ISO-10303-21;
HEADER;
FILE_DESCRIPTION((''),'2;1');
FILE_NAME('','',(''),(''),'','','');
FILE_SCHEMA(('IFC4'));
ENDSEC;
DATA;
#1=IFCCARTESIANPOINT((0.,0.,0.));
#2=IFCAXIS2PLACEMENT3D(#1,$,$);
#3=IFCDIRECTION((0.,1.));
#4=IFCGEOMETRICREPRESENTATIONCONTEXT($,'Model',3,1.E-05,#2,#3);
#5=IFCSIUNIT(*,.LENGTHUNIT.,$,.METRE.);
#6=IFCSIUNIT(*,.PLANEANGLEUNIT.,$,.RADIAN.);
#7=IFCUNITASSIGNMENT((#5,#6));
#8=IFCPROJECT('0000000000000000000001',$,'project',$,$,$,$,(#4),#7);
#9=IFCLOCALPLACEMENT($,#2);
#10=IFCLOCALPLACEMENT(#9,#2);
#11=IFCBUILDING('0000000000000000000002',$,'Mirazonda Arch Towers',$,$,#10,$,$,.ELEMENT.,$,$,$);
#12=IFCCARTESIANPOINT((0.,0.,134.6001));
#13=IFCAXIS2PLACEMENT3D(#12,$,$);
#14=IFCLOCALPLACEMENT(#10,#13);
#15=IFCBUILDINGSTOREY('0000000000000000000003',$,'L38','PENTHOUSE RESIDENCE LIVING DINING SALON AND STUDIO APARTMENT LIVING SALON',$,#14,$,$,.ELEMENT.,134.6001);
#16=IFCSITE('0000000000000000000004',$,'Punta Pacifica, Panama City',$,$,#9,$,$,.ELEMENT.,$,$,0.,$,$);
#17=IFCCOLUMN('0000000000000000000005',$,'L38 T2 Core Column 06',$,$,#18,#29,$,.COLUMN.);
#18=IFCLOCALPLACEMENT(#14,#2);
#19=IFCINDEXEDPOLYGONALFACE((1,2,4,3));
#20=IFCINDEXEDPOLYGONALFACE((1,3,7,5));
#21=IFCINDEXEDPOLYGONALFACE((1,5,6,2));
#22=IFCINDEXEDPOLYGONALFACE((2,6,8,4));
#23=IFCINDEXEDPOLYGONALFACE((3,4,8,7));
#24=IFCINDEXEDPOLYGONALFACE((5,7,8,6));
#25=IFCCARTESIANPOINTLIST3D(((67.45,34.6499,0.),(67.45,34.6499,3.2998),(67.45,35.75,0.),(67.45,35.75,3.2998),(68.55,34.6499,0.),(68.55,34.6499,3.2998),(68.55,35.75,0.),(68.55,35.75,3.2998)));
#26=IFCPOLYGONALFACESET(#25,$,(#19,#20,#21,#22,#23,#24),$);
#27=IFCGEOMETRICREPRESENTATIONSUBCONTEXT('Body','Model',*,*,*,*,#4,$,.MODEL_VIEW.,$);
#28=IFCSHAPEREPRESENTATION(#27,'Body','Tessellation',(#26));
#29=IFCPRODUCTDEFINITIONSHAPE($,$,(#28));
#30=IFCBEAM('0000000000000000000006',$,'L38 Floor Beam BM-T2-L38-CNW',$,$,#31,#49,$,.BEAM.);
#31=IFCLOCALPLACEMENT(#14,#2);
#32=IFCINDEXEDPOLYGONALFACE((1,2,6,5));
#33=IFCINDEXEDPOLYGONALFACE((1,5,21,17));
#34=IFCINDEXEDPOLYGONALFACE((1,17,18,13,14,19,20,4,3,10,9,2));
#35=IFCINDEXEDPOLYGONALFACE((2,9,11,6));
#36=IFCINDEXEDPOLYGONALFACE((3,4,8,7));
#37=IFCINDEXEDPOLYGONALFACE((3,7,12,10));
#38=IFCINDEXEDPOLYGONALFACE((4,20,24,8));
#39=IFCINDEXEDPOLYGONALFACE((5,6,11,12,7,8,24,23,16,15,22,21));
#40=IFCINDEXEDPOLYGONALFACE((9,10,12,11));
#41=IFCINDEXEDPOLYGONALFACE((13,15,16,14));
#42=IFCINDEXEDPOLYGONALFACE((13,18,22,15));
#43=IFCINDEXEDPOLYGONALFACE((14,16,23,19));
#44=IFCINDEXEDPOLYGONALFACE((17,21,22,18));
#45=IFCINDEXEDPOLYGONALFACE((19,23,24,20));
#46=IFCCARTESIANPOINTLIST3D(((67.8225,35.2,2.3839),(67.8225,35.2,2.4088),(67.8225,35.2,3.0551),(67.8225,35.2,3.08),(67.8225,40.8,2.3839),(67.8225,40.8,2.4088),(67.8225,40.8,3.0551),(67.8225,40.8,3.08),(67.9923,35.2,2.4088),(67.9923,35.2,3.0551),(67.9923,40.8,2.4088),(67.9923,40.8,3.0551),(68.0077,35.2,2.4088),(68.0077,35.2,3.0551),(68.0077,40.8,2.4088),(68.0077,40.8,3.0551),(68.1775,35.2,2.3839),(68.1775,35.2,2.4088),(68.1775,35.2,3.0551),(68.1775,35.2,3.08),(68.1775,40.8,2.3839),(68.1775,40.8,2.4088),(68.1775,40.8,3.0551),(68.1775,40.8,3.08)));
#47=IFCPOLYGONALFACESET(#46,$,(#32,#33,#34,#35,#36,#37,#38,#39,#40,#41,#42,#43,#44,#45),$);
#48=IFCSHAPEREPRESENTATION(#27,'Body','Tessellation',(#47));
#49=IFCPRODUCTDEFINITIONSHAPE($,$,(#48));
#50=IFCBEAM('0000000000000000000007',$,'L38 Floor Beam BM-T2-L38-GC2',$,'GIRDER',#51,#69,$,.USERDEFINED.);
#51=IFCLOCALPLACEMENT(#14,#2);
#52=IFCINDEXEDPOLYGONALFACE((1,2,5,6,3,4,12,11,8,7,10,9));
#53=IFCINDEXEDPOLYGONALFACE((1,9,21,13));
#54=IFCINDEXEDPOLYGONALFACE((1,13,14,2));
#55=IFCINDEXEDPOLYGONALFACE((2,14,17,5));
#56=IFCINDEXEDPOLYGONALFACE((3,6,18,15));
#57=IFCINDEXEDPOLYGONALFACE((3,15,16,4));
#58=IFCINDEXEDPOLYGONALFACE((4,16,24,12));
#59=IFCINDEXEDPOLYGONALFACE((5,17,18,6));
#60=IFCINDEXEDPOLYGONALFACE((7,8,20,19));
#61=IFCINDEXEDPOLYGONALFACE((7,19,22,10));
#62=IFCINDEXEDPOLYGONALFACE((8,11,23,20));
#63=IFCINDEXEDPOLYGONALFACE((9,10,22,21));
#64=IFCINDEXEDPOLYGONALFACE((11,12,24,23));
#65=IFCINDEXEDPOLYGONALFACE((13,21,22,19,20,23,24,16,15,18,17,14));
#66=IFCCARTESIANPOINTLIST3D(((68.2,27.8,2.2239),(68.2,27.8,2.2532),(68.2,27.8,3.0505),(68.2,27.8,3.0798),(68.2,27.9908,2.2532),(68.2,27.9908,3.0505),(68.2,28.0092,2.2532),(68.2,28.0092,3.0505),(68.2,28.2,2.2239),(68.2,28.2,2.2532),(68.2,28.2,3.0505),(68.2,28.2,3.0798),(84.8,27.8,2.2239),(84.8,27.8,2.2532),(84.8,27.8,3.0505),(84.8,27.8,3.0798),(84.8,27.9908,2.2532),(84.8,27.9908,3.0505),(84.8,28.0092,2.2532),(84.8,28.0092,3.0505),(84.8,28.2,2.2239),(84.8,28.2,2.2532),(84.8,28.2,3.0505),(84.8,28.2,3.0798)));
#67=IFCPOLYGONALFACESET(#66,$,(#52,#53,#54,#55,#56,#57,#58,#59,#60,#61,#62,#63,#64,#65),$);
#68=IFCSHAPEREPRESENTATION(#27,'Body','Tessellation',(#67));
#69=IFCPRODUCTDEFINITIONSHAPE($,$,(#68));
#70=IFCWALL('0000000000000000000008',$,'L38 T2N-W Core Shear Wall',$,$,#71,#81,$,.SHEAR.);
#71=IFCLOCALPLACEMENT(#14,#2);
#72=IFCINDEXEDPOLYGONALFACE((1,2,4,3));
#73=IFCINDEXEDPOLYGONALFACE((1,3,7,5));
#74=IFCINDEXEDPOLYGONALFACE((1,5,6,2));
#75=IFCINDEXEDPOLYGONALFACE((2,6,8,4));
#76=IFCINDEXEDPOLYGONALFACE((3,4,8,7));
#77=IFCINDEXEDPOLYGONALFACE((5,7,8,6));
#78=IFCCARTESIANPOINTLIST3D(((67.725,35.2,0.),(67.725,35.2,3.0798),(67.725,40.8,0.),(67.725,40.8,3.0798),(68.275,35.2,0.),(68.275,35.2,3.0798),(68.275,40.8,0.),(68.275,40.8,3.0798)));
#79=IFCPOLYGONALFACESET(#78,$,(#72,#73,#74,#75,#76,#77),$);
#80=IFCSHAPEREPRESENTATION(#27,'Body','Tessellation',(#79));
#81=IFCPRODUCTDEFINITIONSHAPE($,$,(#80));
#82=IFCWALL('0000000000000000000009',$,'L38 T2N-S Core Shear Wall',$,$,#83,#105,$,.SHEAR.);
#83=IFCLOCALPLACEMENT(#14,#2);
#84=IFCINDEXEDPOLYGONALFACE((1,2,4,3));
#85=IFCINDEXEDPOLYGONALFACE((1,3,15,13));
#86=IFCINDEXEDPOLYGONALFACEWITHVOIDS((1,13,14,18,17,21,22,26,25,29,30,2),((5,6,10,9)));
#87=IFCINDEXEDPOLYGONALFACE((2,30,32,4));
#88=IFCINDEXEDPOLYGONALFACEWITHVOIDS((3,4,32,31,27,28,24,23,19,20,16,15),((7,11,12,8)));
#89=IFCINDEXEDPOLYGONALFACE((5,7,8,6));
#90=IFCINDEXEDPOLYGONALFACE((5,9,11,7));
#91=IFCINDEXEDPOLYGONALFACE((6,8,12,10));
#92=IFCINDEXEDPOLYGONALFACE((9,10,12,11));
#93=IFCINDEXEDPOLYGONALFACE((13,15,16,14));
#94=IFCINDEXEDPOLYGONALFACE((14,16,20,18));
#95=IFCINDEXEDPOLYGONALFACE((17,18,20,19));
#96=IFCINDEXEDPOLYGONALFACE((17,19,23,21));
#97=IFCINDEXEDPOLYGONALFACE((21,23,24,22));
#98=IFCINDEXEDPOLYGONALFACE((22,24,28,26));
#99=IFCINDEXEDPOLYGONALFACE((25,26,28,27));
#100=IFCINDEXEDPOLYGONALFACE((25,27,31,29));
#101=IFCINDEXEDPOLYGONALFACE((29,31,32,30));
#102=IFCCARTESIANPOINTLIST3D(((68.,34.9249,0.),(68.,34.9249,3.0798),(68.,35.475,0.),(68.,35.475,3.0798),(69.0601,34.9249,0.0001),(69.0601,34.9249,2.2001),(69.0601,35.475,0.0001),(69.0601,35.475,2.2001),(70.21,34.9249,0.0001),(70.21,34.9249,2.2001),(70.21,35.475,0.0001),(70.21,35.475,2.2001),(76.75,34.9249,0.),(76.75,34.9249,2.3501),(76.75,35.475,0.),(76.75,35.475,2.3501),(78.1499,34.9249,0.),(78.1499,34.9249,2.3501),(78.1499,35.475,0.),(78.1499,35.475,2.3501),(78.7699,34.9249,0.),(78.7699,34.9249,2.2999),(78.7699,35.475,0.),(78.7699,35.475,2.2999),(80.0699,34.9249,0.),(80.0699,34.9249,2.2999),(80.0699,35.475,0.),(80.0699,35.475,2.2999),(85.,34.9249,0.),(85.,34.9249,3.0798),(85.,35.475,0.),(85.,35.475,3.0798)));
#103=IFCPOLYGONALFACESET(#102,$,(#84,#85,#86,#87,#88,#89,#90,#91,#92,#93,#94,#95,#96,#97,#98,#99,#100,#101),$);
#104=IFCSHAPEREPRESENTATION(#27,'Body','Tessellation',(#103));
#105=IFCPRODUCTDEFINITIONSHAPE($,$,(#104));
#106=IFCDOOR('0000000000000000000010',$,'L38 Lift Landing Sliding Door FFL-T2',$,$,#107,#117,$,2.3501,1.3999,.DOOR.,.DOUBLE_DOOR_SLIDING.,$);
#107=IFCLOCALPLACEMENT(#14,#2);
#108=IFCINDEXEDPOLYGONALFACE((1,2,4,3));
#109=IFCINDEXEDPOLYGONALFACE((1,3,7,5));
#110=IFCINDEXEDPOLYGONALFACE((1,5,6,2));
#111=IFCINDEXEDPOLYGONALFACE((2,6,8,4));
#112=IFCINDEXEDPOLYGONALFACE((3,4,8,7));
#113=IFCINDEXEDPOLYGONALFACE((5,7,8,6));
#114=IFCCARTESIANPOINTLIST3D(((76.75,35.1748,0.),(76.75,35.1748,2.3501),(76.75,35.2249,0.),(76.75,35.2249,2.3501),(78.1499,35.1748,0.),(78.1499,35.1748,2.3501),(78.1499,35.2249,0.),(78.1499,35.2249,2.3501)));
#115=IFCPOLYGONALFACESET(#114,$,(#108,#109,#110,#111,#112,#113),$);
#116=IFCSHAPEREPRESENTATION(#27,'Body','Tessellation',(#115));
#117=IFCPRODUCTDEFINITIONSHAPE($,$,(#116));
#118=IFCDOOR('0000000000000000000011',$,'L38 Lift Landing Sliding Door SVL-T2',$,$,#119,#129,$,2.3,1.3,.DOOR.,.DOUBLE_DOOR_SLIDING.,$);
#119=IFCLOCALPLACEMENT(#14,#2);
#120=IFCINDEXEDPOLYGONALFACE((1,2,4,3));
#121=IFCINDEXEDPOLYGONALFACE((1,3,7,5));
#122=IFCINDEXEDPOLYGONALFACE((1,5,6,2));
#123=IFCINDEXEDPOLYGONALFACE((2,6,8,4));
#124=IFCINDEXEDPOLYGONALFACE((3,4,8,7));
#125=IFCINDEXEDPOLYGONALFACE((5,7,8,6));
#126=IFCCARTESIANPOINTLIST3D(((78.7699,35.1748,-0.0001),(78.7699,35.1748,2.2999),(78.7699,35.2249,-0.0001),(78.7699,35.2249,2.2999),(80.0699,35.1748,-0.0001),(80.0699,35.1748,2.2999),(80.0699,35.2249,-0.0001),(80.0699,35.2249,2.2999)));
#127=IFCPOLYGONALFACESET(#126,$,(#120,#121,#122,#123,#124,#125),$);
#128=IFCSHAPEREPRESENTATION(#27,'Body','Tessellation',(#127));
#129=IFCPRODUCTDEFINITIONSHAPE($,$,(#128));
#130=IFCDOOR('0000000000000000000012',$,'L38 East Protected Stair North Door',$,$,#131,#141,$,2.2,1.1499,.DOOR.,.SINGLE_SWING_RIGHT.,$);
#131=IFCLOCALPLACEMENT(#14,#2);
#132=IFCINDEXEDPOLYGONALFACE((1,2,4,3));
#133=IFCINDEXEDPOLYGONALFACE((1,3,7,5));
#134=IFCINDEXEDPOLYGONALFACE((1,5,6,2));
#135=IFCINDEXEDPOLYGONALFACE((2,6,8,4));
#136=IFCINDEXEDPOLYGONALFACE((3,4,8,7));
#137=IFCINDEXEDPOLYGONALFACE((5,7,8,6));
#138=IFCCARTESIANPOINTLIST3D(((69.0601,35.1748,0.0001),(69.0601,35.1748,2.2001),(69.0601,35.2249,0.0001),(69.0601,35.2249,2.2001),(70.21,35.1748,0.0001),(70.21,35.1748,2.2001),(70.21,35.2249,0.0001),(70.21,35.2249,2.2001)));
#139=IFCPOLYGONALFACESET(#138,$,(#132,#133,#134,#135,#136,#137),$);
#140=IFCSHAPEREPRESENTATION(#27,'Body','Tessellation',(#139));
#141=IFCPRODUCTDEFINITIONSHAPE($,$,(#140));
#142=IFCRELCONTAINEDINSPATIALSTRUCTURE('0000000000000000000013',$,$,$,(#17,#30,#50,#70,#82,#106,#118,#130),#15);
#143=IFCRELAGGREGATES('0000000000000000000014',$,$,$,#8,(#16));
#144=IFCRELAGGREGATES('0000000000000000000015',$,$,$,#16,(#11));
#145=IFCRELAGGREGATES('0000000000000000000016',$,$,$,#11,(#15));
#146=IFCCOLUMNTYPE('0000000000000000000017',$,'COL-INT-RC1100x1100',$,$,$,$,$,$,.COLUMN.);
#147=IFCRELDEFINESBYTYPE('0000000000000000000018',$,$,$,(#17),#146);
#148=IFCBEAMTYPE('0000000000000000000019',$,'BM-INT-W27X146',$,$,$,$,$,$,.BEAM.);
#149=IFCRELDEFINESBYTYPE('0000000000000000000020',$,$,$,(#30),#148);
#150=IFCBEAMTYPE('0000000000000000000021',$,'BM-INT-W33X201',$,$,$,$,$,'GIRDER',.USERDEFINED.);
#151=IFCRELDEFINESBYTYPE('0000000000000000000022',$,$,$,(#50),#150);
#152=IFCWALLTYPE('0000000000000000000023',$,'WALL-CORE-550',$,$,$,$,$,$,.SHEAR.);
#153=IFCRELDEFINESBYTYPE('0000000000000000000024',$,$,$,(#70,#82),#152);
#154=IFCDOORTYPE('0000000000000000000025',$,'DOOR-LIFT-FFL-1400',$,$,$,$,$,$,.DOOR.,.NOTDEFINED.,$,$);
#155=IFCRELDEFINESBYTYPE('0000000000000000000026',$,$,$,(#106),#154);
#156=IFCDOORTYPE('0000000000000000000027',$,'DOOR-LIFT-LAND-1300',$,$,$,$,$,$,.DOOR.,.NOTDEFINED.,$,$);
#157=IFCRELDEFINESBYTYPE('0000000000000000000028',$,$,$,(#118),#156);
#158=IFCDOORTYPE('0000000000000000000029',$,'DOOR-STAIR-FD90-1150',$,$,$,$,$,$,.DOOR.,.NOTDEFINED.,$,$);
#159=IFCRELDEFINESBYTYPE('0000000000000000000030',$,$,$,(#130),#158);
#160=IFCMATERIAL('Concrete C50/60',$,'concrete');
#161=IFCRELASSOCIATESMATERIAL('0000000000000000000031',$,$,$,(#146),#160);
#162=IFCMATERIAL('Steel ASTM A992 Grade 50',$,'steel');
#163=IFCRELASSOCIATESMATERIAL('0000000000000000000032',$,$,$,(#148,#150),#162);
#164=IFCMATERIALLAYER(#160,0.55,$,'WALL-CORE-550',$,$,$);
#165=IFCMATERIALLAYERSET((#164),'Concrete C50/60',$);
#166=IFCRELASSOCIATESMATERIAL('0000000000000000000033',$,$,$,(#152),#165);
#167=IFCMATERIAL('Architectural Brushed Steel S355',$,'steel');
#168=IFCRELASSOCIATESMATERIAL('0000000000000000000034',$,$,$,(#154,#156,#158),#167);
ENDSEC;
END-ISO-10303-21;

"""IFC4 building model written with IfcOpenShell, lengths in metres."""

from ifc_helpers import new_model, si_unit, direction, frame, frame_2d, origin, origin_2d, place, context, subcontext, project, spatial, rectangle, i_section, extrude, material, layer, layer_set, material_profile, profile_set, type_object, element, fill, save


model = new_model("IFC4")

# Units and contexts
model_context = context("Model", 3, precision=1e-05, world=origin(), true_north=direction((0.0, 1.0)))
body_context = subcontext(model_context, "Body", "Model", "MODEL_VIEW")
ifc_project = project(units=[si_unit("LENGTHUNIT", "METRE"), si_unit("PLANEANGLEUNIT", "RADIAN")], contexts=[model_context])

# Site, building, storey
site_placement = place(None, origin())
site = spatial("IfcSite", under=ifc_project, at=site_placement, Name="Punta Pacifica, Panama City", CompositionType="ELEMENT", RefElevation=0.0)
building_placement = place(site_placement, origin())
building = spatial("IfcBuilding", under=site, at=building_placement, Name="Mirazonda Arch Towers", CompositionType="ELEMENT")
storey_placement = place(building_placement, frame((0.0, 0.0, 134.6001)))
storey = spatial("IfcBuildingStorey", under=building, at=storey_placement, Name="L38", Description="PENTHOUSE RESIDENCE LIVING DINING SALON AND STUDIO APARTMENT LIVING SALON", CompositionType="ELEMENT", Elevation=134.6001)

# Column
ifc_material_1 = material(Name="Concrete C50/60", Category="concrete")
ifc_material_profile_1 = material_profile(ifc_material_1, rectangle(XDim=1.1001, YDim=1.1001, at=origin_2d()), Name="RC1100x1100")
ifc_profile_set_1 = profile_set([ifc_material_profile_1], Name="Concrete C50/60")
column_type = type_object("IfcColumnType", Name="COL-INT-RC1100x1100", PredefinedType="COLUMN", material=ifc_profile_set_1)
column_placement = place(storey_placement, frame((68.0, 35.2, 0.0), z_axis=(0.0, 0.0, 1.0), x_axis=(1.0, 0.0, 0.0)))
element("IfcColumn", 1, at=column_placement, inside=storey, type_object=column_type, Name="L38 T2 Core Column 06", PredefinedType="COLUMN", context=body_context, shape_type="SweptSolid", body=[
    extrude(rectangle(XDim=1.1001, YDim=1.1001, at=origin_2d()), origin(), (0.0, 0.0, 1.0), 3.2998),
])

# Beams
ifc_material_2 = material(Name="Steel ASTM A992 Grade 50", Category="steel")
ifc_material_profile_2 = material_profile(ifc_material_2, i_section(OverallWidth=0.355, OverallDepth=0.696, WebThickness=0.0154, FlangeThickness=0.0249, at=origin_2d()), Name="W27X146")
ifc_profile_set_2 = profile_set([ifc_material_profile_2], Name="Steel ASTM A992 Grade 50")
beam_type_1 = type_object("IfcBeamType", Name="BM-INT-W27X146", PredefinedType="BEAM", material=ifc_profile_set_2)
beam_1_placement = place(storey_placement, frame((68.0, 35.2, 2.7319), z_axis=(0.0, 1.0, 0.0), x_axis=(-1.0, 0.0, 0.0)))
element("IfcBeam", 2, at=beam_1_placement, inside=storey, type_object=beam_type_1, Name="L38 Floor Beam BM-T2-L38-CNW", PredefinedType="BEAM", context=body_context, shape_type="SweptSolid", body=[
    extrude(i_section(OverallWidth=0.355, OverallDepth=0.696, WebThickness=0.0154, FlangeThickness=0.0249, at=origin_2d()), origin(), (0.0, 0.0, 1.0), 5.6001),
])
ifc_material_profile_3 = material_profile(ifc_material_2, i_section(OverallWidth=0.3999, OverallDepth=0.856, WebThickness=0.0183, FlangeThickness=0.0293, at=origin_2d()), Name="W33X201")
ifc_profile_set_3 = profile_set([ifc_material_profile_3], Name="Steel ASTM A992 Grade 50")
beam_type_2 = type_object("IfcBeamType", Name="BM-INT-W33X201", ElementType="GIRDER", PredefinedType="USERDEFINED", material=ifc_profile_set_3)
beam_2_placement = place(storey_placement, frame((68.2, 28.0, 2.6519), z_axis=(1.0, 0.0, 0.0), x_axis=(0.0, 1.0, 0.0)))
element("IfcBeam", 3, at=beam_2_placement, inside=storey, type_object=beam_type_2, Name="L38 Floor Beam BM-T2-L38-GC2", ObjectType="GIRDER", PredefinedType="USERDEFINED", context=body_context, shape_type="SweptSolid", body=[
    extrude(i_section(OverallWidth=0.3999, OverallDepth=0.856, WebThickness=0.0183, FlangeThickness=0.0293, at=origin_2d()), origin(), (0.0, 0.0, 1.0), 16.6001),
])

# Wall
ifc_layer_1 = layer(ifc_material_1, 0.55, Name="WALL-CORE-550")
ifc_layer_set_1 = layer_set([ifc_layer_1], Name="Concrete C50/60")
wall_type_1 = type_object("IfcWallType", Name="WALL-CORE-550", PredefinedType="SHEAR", material=ifc_layer_set_1)
wall_1_placement = place(storey_placement, frame((68.0, 35.2, 0.0), z_axis=(0.0, 0.0, 1.0), x_axis=(0.0, 1.0, 0.0)))
element("IfcWall", 4, at=wall_1_placement, inside=storey, type_object=wall_type_1, Name="L38 T2N-W Core Shear Wall", PredefinedType="SHEAR", context=body_context, shape_type="SweptSolid", body=[
    extrude(rectangle(XDim=5.6001, YDim=0.55, at=frame_2d((2.8, 0.0))), origin(), (0.0, 0.0, 1.0), 3.0798),
])

# Wall, openings, doors
wall_2_placement = place(storey_placement, frame((68.0, 35.2, 0.0), z_axis=(0.0, 0.0, 1.0), x_axis=(1.0, 0.0, 0.0)))
wall_2 = element("IfcWall", 5, at=wall_2_placement, inside=storey, type_object=wall_type_1, Name="L38 T2N-S Core Shear Wall", PredefinedType="SHEAR", context=body_context, shape_type="SweptSolid", body=[
    extrude(rectangle(XDim=17.0, YDim=0.55, at=frame_2d((8.5, 0.0))), origin(), (0.0, 0.0, 1.0), 3.0798),
])
opening_1_placement = place(wall_2_placement, frame((1.0601, 0.0, 0.0)))
opening_1 = element("IfcOpeningElement", 6, at=opening_1_placement, cuts=wall_2, PredefinedType="OPENING", context=body_context, shape_type="SweptSolid", body=[
    extrude(rectangle(XDim=1.1499, YDim=2.2, at=frame_2d((0.575, 1.1001))), frame((0.0, 0.2849, 0.0), z_axis=(0.0, -1.0, 0.0), x_axis=(1.0, 0.0, 0.0)), (0.0, 0.0, 1.0), 0.5701),
])
opening_2_placement = place(wall_2_placement, frame((8.75, 0.0, 0.0)))
opening_2 = element("IfcOpeningElement", 7, at=opening_2_placement, cuts=wall_2, PredefinedType="OPENING", context=body_context, shape_type="SweptSolid", body=[
    extrude(rectangle(XDim=1.3999, YDim=2.3501, at=frame_2d((0.7, 1.175))), frame((0.0, 0.2849, 0.0), z_axis=(0.0, -1.0, 0.0), x_axis=(1.0, 0.0, 0.0)), (0.0, 0.0, 1.0), 0.5701),
])
opening_3_placement = place(wall_2_placement, frame((10.77, 0.0, 0.0)))
opening_3 = element("IfcOpeningElement", 8, at=opening_3_placement, cuts=wall_2, PredefinedType="OPENING", context=body_context, shape_type="SweptSolid", body=[
    extrude(rectangle(XDim=1.3, YDim=2.3, at=frame_2d((0.6499, 1.1499))), frame((0.0, 0.2849, 0.0), z_axis=(0.0, -1.0, 0.0), x_axis=(1.0, 0.0, 0.0)), (0.0, 0.0, 1.0), 0.5701),
])
ifc_material_3 = material(Name="Architectural Brushed Steel S355", Category="steel")
door_type_1 = type_object("IfcDoorType", Name="DOOR-LIFT-FFL-1400", OperationType="NOTDEFINED", PredefinedType="DOOR", material=ifc_material_3)
door_1_placement = place(opening_2_placement, origin())
door_1 = element("IfcDoor", 9, at=door_1_placement, inside=storey, type_object=door_type_1, Name="L38 Lift Landing Sliding Door FFL-T2", OperationType="DOUBLE_DOOR_SLIDING", OverallHeight=2.3501, OverallWidth=1.3999, PredefinedType="DOOR", context=body_context, shape_type="SweptSolid", body=[
    extrude(rectangle(XDim=1.3999, YDim=2.3501, at=frame_2d((0.7, 1.175))), frame((0.0, 0.0249, 0.0), z_axis=(0.0, -1.0, 0.0), x_axis=(1.0, 0.0, 0.0)), (0.0, 0.0, 1.0), 0.05),
])
fill(opening_2, door_1)
door_type_2 = type_object("IfcDoorType", Name="DOOR-LIFT-LAND-1300", OperationType="NOTDEFINED", PredefinedType="DOOR", material=ifc_material_3)
door_2_placement = place(opening_3_placement, origin())
door_2 = element("IfcDoor", 10, at=door_2_placement, inside=storey, type_object=door_type_2, Name="L38 Lift Landing Sliding Door SVL-T2", OperationType="DOUBLE_DOOR_SLIDING", OverallHeight=2.3, OverallWidth=1.3, PredefinedType="DOOR", context=body_context, shape_type="SweptSolid", body=[
    extrude(rectangle(XDim=1.3, YDim=2.3, at=frame_2d((0.6499, 1.1499))), frame((0.0, 0.0249, 0.0), z_axis=(0.0, -1.0, 0.0), x_axis=(1.0, 0.0, 0.0)), (0.0, 0.0, 1.0), 0.05),
])
fill(opening_3, door_2)
door_type_3 = type_object("IfcDoorType", Name="DOOR-STAIR-FD90-1150", OperationType="NOTDEFINED", PredefinedType="DOOR", material=ifc_material_3)
door_3_placement = place(opening_1_placement, origin())
door_3 = element("IfcDoor", 11, at=door_3_placement, inside=storey, type_object=door_type_3, Name="L38 East Protected Stair North Door", OperationType="SINGLE_SWING_RIGHT", OverallHeight=2.2, OverallWidth=1.1499, PredefinedType="DOOR", context=body_context, shape_type="SweptSolid", body=[
    extrude(rectangle(XDim=1.1499, YDim=2.2, at=frame_2d((0.575, 1.1001))), frame((0.0, 0.0249, 0.0), z_axis=(0.0, -1.0, 0.0), x_axis=(1.0, 0.0, 0.0)), (0.0, 0.0, 1.0), 0.05),
])
fill(opening_1, door_3)

save(model, "model.ifc")
